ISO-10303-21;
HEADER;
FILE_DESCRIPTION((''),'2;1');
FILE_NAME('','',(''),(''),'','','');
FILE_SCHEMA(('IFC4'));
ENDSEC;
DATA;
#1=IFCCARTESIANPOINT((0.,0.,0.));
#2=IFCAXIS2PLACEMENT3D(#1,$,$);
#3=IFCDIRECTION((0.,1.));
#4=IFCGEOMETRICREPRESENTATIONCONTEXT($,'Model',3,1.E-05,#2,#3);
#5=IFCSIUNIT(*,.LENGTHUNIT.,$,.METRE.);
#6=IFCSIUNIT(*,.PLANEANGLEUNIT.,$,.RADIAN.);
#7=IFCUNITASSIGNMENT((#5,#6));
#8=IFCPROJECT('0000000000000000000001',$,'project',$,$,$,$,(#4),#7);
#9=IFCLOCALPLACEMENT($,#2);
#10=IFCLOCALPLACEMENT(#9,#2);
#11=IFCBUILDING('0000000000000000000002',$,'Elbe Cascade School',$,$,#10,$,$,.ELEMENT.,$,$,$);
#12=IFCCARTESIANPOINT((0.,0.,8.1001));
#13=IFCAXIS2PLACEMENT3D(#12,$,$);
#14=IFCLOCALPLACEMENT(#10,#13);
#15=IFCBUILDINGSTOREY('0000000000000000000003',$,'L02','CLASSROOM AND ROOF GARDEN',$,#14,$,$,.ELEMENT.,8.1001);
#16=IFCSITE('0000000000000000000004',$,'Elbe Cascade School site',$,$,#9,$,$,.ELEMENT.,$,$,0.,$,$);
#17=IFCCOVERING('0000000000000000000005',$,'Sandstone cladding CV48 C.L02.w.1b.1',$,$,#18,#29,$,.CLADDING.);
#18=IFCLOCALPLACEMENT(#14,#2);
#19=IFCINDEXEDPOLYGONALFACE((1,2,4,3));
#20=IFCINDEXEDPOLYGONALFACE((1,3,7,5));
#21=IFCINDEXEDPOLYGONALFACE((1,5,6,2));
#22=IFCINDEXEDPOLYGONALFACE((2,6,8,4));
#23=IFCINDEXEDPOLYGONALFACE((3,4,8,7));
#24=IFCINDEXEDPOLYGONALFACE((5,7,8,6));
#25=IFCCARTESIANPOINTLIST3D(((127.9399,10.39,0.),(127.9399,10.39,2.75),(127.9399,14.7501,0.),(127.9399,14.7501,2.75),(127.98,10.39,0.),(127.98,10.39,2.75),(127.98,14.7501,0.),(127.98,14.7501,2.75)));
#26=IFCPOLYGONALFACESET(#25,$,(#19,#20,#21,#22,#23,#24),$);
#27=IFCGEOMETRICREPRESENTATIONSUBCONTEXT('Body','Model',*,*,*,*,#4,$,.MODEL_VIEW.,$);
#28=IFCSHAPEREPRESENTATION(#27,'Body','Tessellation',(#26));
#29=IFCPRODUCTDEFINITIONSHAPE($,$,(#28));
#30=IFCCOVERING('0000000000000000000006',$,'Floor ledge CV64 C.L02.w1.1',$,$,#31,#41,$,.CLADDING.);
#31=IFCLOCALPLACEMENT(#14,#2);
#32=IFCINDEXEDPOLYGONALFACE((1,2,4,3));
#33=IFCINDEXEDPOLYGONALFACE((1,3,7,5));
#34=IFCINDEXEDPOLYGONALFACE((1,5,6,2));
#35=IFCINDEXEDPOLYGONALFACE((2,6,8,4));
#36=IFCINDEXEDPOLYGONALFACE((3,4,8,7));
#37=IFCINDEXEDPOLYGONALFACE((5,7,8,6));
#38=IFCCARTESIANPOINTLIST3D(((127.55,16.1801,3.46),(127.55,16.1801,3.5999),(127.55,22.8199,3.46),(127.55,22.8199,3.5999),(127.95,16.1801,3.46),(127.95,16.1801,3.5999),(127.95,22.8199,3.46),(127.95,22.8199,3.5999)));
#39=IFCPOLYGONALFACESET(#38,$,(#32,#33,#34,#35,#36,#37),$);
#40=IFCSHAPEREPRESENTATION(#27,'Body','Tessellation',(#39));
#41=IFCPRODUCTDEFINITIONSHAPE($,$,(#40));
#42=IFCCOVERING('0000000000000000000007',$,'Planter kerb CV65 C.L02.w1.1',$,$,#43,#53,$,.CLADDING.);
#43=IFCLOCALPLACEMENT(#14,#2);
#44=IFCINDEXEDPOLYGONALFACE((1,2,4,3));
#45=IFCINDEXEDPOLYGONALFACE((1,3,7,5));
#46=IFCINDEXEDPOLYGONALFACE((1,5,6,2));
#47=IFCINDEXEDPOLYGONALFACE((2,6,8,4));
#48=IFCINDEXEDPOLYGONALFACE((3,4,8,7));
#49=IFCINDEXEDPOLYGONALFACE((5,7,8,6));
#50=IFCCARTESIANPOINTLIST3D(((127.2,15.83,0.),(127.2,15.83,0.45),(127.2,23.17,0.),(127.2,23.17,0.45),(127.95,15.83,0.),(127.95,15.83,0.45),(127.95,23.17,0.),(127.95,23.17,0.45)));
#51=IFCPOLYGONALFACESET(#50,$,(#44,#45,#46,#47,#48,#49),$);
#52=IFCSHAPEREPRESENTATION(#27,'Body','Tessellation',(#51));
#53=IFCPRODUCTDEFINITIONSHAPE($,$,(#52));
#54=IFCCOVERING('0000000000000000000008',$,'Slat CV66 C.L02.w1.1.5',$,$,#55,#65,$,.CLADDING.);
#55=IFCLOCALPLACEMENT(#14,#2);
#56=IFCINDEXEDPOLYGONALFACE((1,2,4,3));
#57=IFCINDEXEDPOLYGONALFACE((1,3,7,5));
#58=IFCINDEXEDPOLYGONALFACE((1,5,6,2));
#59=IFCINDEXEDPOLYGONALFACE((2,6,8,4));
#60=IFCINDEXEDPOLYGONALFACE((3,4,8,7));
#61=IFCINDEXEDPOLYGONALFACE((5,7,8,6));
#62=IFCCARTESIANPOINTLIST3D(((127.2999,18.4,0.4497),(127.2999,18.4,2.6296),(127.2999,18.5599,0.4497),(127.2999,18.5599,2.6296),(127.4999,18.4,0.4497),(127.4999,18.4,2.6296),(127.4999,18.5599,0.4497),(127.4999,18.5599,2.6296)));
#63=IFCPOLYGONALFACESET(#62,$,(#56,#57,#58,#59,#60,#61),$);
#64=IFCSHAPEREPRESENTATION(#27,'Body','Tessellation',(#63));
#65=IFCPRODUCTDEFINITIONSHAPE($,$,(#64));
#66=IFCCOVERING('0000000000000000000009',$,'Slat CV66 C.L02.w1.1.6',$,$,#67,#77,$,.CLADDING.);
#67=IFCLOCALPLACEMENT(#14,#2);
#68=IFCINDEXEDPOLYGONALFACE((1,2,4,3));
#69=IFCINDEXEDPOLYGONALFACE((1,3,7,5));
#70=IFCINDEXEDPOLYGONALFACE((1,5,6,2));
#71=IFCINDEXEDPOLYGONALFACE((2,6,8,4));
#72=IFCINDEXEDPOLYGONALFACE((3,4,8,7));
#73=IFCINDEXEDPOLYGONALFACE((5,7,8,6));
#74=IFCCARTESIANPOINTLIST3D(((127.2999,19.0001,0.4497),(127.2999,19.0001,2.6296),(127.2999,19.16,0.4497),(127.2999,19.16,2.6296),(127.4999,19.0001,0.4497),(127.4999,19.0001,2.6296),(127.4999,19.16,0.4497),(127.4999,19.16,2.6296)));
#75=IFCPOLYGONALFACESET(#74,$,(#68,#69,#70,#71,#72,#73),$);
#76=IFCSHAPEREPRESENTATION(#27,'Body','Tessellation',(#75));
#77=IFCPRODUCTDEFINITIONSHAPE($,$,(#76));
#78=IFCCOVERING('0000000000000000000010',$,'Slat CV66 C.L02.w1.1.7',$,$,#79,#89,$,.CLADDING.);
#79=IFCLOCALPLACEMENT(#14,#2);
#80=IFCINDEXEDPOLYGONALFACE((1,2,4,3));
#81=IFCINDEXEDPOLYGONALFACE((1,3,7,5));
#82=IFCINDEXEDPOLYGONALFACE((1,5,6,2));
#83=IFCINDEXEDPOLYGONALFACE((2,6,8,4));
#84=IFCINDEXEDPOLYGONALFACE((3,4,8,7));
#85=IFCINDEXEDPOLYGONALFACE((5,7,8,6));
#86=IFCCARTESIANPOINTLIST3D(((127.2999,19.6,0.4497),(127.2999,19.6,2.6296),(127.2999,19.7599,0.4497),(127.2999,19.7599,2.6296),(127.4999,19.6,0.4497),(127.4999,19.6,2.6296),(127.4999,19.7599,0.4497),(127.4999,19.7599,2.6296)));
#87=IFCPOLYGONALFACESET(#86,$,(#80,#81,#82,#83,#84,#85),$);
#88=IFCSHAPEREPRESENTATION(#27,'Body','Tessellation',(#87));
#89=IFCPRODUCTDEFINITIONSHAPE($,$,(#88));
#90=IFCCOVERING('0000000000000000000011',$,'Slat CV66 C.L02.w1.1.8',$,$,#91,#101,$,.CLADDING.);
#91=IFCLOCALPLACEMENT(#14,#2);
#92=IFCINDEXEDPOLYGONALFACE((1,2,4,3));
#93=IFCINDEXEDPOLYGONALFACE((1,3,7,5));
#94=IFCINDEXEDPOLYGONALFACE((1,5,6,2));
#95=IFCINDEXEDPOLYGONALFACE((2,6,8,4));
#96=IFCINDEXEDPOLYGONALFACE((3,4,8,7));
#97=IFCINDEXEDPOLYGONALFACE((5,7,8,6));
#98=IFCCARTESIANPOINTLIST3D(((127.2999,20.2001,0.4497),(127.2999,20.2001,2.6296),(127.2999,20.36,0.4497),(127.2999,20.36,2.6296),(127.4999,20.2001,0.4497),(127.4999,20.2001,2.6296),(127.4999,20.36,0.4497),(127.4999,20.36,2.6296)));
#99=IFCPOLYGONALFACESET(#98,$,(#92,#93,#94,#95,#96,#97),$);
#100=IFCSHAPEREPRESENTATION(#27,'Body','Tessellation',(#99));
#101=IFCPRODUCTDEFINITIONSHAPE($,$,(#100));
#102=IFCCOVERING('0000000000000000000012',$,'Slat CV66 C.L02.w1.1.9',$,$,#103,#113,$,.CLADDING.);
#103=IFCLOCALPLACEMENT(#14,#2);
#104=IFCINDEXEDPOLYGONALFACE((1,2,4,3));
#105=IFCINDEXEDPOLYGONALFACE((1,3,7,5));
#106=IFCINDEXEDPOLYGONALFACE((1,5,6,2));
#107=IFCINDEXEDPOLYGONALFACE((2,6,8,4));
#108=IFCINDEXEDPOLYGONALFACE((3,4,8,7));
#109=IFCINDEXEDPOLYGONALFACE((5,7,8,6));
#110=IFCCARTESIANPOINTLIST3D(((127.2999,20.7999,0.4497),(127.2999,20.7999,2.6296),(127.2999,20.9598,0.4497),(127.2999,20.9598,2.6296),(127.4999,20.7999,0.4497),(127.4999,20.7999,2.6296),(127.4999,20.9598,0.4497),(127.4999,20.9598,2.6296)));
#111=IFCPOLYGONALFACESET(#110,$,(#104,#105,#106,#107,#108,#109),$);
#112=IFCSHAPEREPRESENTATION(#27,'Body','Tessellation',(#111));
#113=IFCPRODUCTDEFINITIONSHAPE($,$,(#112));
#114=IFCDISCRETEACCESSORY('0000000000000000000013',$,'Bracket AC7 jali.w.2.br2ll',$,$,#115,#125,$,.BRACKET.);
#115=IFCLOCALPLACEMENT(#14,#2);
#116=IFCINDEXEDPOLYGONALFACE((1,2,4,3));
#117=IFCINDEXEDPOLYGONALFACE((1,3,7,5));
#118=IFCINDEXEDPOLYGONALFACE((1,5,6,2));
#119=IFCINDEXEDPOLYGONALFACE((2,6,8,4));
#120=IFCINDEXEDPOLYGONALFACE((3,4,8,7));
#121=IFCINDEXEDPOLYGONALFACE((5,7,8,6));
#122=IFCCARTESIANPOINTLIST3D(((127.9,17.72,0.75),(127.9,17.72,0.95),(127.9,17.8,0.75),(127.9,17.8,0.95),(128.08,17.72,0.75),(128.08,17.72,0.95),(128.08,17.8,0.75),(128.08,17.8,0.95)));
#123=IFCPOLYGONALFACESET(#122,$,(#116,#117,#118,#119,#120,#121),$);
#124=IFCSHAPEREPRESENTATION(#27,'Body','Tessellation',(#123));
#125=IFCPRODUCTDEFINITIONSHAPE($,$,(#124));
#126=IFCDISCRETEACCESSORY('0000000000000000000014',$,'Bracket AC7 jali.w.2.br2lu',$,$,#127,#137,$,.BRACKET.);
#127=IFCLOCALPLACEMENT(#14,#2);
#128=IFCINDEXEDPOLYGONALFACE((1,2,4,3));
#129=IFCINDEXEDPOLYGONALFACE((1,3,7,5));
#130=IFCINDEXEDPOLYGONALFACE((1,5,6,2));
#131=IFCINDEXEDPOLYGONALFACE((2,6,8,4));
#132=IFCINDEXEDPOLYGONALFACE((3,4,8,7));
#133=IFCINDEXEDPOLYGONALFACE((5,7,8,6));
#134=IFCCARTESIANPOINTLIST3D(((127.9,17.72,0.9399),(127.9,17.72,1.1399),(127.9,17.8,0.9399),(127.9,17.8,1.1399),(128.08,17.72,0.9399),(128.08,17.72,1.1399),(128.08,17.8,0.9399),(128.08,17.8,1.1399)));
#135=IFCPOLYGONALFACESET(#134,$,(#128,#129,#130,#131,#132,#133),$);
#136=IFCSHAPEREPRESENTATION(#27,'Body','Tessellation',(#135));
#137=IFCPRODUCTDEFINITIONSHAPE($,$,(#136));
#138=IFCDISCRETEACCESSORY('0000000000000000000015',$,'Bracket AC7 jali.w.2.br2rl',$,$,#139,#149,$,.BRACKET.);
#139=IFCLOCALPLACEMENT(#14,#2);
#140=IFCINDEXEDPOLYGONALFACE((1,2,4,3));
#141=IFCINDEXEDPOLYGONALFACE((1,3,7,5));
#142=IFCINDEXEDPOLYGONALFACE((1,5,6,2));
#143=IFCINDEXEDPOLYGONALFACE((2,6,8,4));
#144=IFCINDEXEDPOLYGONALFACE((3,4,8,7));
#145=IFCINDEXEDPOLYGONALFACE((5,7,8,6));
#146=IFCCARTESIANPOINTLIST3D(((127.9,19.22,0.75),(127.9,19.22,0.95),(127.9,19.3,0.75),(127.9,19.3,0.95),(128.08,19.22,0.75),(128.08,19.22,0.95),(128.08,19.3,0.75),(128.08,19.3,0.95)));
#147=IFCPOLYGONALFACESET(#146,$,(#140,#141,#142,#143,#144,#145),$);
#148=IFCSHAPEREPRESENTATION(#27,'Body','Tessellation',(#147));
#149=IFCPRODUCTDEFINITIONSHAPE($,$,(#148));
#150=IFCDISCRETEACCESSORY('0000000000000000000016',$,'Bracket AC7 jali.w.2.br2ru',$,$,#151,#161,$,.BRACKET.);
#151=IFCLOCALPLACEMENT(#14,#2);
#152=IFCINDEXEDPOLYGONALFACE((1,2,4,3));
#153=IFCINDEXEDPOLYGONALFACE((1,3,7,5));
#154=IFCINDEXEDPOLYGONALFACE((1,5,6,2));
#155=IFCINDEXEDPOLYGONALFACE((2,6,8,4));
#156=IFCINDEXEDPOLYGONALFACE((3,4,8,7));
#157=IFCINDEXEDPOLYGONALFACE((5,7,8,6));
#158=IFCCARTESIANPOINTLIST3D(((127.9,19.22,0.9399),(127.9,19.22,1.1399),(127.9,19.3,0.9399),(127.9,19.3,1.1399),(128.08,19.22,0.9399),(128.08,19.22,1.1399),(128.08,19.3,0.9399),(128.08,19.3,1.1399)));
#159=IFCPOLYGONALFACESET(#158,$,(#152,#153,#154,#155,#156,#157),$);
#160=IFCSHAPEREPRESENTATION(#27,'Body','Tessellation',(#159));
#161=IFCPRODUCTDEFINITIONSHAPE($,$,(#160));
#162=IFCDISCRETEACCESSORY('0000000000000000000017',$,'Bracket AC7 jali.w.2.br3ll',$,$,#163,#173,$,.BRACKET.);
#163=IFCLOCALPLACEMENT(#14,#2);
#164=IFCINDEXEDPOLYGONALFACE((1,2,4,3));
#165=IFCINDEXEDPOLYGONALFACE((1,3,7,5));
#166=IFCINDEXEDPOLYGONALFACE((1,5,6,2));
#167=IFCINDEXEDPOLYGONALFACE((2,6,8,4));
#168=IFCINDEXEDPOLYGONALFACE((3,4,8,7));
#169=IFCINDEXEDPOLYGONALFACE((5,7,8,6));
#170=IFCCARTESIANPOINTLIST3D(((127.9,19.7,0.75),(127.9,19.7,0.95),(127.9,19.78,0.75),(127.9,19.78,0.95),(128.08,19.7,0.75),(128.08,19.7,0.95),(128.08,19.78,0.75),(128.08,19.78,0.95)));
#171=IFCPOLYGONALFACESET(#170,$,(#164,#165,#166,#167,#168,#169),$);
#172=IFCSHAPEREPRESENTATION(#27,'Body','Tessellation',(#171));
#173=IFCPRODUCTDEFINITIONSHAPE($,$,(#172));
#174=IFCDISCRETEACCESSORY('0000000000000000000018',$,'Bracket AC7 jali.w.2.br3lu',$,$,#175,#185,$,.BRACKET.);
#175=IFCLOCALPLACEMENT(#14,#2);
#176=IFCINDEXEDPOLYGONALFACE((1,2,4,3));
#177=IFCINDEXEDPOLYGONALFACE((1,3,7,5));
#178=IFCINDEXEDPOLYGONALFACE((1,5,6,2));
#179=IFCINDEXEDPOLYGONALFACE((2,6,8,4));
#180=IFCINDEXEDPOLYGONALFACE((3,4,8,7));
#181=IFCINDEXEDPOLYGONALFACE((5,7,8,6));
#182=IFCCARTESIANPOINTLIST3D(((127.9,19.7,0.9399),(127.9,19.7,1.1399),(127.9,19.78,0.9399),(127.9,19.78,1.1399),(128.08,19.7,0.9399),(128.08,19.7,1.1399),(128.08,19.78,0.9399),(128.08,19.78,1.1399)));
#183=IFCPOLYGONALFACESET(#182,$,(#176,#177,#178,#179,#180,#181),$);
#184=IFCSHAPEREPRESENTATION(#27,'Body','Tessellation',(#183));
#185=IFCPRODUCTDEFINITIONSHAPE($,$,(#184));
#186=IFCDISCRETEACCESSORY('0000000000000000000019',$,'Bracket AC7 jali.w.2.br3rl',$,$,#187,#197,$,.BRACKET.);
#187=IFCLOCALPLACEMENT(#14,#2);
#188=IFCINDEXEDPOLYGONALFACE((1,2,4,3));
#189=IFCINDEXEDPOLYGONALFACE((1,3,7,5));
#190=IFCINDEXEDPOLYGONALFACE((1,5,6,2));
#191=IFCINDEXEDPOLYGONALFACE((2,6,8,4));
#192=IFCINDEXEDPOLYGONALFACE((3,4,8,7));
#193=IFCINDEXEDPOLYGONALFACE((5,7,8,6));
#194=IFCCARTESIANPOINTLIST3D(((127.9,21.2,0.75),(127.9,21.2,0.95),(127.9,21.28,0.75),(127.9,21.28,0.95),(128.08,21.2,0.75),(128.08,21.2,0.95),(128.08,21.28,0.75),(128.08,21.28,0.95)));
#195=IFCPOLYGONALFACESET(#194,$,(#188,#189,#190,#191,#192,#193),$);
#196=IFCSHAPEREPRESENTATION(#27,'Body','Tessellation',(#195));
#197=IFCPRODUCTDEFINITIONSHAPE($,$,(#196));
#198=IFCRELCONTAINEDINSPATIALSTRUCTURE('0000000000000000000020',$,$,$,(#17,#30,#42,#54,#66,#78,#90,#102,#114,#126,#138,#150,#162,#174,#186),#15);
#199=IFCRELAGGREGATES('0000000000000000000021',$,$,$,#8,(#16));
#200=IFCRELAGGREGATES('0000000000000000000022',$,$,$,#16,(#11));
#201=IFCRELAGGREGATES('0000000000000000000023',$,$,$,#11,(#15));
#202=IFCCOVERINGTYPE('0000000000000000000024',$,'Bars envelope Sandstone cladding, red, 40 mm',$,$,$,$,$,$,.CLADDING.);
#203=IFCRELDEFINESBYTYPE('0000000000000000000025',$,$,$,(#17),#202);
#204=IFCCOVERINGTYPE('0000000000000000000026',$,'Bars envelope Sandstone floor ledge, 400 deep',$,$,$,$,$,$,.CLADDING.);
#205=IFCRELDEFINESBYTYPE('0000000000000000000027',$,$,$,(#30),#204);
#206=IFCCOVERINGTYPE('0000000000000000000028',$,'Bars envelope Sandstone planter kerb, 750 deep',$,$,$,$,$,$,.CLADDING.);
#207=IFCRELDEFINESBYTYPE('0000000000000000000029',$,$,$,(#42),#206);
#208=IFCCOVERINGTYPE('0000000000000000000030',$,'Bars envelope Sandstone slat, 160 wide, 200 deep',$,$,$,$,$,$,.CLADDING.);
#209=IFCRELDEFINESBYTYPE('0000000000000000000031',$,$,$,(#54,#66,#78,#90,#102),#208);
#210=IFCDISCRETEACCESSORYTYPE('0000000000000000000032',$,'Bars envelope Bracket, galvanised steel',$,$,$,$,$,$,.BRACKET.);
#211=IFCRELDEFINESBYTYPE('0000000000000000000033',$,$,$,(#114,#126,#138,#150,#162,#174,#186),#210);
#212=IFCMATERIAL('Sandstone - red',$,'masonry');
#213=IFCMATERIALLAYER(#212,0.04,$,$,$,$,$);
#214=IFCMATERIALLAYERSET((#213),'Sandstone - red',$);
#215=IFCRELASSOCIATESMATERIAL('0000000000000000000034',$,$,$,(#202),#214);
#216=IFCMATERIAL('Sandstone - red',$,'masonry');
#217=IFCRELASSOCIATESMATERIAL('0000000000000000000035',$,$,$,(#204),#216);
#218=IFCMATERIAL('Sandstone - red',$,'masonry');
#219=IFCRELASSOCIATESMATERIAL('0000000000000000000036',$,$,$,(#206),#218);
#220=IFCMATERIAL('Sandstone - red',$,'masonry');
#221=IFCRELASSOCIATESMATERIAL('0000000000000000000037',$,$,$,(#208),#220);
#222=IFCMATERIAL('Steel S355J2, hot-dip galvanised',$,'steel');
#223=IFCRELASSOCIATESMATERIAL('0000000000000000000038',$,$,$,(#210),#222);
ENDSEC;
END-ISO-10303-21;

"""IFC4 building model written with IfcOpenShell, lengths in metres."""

from ifc_helpers import new_model, si_unit, direction, frame, origin, origin_2d, place, context, subcontext, project, spatial, rectangle, extrude, material, layer, layer_set, type_object, element, save


model = new_model("IFC4")

# Units and contexts
model_context = context("Model", 3, precision=1e-05, world=origin(), true_north=direction((0.0, 1.0)))
body_context = subcontext(model_context, "Body", "Model", "MODEL_VIEW")
ifc_project = project(units=[si_unit("LENGTHUNIT", "METRE"), si_unit("PLANEANGLEUNIT", "RADIAN")], contexts=[model_context])

# Site, building, storey
site_placement = place(None, origin())
site = spatial("IfcSite", under=ifc_project, at=site_placement, Name="Elbe Cascade School site", CompositionType="ELEMENT", RefElevation=0.0)
building_placement = place(site_placement, origin())
building = spatial("IfcBuilding", under=site, at=building_placement, Name="Elbe Cascade School", CompositionType="ELEMENT")
storey_placement = place(building_placement, frame((0.0, 0.0, 8.1001)))
storey = spatial("IfcBuildingStorey", under=building, at=storey_placement, Name="L02", Description="CLASSROOM AND ROOF GARDEN", CompositionType="ELEMENT", Elevation=8.1001)

# Coverings
ifc_material_1 = material(Name="Sandstone - red", Category="masonry")
ifc_layer_1 = layer(ifc_material_1, 0.04)
ifc_layer_set_1 = layer_set([ifc_layer_1], Name="Sandstone - red")
covering_type_1 = type_object("IfcCoveringType", Name="Bars envelope Sandstone cladding, red, 40 mm", PredefinedType="CLADDING", material=ifc_layer_set_1)
covering_1_placement = place(storey_placement, frame((127.96, 12.5701, 0.0), z_axis=(0.0, 0.0, 1.0), x_axis=(0.0, 1.0, 0.0)))
element("IfcCovering", 1, at=covering_1_placement, inside=storey, type_object=covering_type_1, Name="Sandstone cladding CV48 C.L02.w.1b.1", PredefinedType="CLADDING", context=body_context, shape_type="SweptSolid", body=[
    extrude(rectangle(XDim=4.3601, YDim=0.04, at=origin_2d()), origin(), (0.0, 0.0, 1.0), 2.75),
])
ifc_material_2 = material(Name="Sandstone - red", Category="masonry")
covering_type_2 = type_object("IfcCoveringType", Name="Bars envelope Sandstone floor ledge, 400 deep", PredefinedType="CLADDING", material=ifc_material_2)
covering_2_placement = place(storey_placement, frame((127.75, 19.5, 3.46), z_axis=(0.0, 0.0, 1.0), x_axis=(0.0, 1.0, 0.0)))
element("IfcCovering", 2, at=covering_2_placement, inside=storey, type_object=covering_type_2, Name="Floor ledge CV64 C.L02.w1.1", PredefinedType="CLADDING", context=body_context, shape_type="SweptSolid", body=[
    extrude(rectangle(XDim=6.6399, YDim=0.3999, at=origin_2d()), origin(), (0.0, 0.0, 1.0), 0.1399),
])
ifc_material_3 = material(Name="Sandstone - red", Category="masonry")
covering_type_3 = type_object("IfcCoveringType", Name="Bars envelope Sandstone planter kerb, 750 deep", PredefinedType="CLADDING", material=ifc_material_3)
covering_3_placement = place(storey_placement, frame((127.575, 19.5, 0.0), z_axis=(0.0, 0.0, 1.0), x_axis=(0.0, 1.0, 0.0)))
element("IfcCovering", 3, at=covering_3_placement, inside=storey, type_object=covering_type_3, Name="Planter kerb CV65 C.L02.w1.1", PredefinedType="CLADDING", context=body_context, shape_type="SweptSolid", body=[
    extrude(rectangle(XDim=7.3401, YDim=0.75, at=origin_2d()), origin(), (0.0, 0.0, 1.0), 0.45),
])
ifc_material_4 = material(Name="Sandstone - red", Category="masonry")
covering_type_4 = type_object("IfcCoveringType", Name="Bars envelope Sandstone slat, 160 wide, 200 deep", PredefinedType="CLADDING", material=ifc_material_4)
for number, where, z_axis, x_axis, name in (
    (4, (127.3999, 18.48, 0.4497), (0.0, 0.0, 1.0), (0.0, 1.0, 0.0), "Slat CV66 C.L02.w1.1.5"),
    (5, (127.3999, 19.0801, 0.4497), (0.0, 0.0, 1.0), (0.0, 1.0, 0.0), "Slat CV66 C.L02.w1.1.6"),
    (6, (127.3999, 19.6799, 0.4497), (0.0, 0.0, 1.0), (0.0, 1.0, 0.0), "Slat CV66 C.L02.w1.1.7"),
    (7, (127.3999, 20.28, 0.4497), (0.0, 0.0, 1.0), (0.0, 1.0, 0.0), "Slat CV66 C.L02.w1.1.8"),
    (8, (127.3999, 20.8799, 0.4497), (0.0, 0.0, 1.0), (0.0, 1.0, 0.0), "Slat CV66 C.L02.w1.1.9"),
):
    element("IfcCovering", number, at=place(storey_placement, frame(where, z_axis=z_axis, x_axis=x_axis)), inside=storey, type_object=covering_type_4, Name=name, PredefinedType="CLADDING", context=body_context, shape_type="SweptSolid", body=[
        extrude(rectangle(XDim=0.1599, YDim=0.2, at=origin_2d()), origin(), (0.0, 0.0, 1.0), 2.1799),
    ])

# Discrete accessories
ifc_material_5 = material(Name="Steel S355J2, hot-dip galvanised", Category="steel")
discrete_accessory_type = type_object("IfcDiscreteAccessoryType", Name="Bars envelope Bracket, galvanised steel", PredefinedType="BRACKET", material=ifc_material_5)
for number, where, z_axis, x_axis, name in (
    (9, (127.99, 17.76, 0.75), (0.0, 0.0, 1.0), (0.0, 1.0, 0.0), "Bracket AC7 jali.w.2.br2ll"),
    (10, (127.99, 17.76, 0.9399), (0.0, 0.0, 1.0), (0.0, 1.0, 0.0), "Bracket AC7 jali.w.2.br2lu"),
    (11, (127.99, 19.26, 0.75), (0.0, 0.0, 1.0), (0.0, 1.0, 0.0), "Bracket AC7 jali.w.2.br2rl"),
    (12, (127.99, 19.26, 0.9399), (0.0, 0.0, 1.0), (0.0, 1.0, 0.0), "Bracket AC7 jali.w.2.br2ru"),
    (13, (127.99, 19.74, 0.75), (0.0, 0.0, 1.0), (0.0, 1.0, 0.0), "Bracket AC7 jali.w.2.br3ll"),
    (14, (127.99, 19.74, 0.9399), (0.0, 0.0, 1.0), (0.0, 1.0, 0.0), "Bracket AC7 jali.w.2.br3lu"),
    (15, (127.99, 21.24, 0.75), (0.0, 0.0, 1.0), (0.0, 1.0, 0.0), "Bracket AC7 jali.w.2.br3rl"),
):
    element("IfcDiscreteAccessory", number, at=place(storey_placement, frame(where, z_axis=z_axis, x_axis=x_axis)), inside=storey, type_object=discrete_accessory_type, Name=name, PredefinedType="BRACKET", context=body_context, shape_type="SweptSolid", body=[
        extrude(rectangle(XDim=0.0801, YDim=0.1799, at=origin_2d()), origin(), (0.0, 0.0, 1.0), 0.2),
    ])

save(model, "model.ifc")
